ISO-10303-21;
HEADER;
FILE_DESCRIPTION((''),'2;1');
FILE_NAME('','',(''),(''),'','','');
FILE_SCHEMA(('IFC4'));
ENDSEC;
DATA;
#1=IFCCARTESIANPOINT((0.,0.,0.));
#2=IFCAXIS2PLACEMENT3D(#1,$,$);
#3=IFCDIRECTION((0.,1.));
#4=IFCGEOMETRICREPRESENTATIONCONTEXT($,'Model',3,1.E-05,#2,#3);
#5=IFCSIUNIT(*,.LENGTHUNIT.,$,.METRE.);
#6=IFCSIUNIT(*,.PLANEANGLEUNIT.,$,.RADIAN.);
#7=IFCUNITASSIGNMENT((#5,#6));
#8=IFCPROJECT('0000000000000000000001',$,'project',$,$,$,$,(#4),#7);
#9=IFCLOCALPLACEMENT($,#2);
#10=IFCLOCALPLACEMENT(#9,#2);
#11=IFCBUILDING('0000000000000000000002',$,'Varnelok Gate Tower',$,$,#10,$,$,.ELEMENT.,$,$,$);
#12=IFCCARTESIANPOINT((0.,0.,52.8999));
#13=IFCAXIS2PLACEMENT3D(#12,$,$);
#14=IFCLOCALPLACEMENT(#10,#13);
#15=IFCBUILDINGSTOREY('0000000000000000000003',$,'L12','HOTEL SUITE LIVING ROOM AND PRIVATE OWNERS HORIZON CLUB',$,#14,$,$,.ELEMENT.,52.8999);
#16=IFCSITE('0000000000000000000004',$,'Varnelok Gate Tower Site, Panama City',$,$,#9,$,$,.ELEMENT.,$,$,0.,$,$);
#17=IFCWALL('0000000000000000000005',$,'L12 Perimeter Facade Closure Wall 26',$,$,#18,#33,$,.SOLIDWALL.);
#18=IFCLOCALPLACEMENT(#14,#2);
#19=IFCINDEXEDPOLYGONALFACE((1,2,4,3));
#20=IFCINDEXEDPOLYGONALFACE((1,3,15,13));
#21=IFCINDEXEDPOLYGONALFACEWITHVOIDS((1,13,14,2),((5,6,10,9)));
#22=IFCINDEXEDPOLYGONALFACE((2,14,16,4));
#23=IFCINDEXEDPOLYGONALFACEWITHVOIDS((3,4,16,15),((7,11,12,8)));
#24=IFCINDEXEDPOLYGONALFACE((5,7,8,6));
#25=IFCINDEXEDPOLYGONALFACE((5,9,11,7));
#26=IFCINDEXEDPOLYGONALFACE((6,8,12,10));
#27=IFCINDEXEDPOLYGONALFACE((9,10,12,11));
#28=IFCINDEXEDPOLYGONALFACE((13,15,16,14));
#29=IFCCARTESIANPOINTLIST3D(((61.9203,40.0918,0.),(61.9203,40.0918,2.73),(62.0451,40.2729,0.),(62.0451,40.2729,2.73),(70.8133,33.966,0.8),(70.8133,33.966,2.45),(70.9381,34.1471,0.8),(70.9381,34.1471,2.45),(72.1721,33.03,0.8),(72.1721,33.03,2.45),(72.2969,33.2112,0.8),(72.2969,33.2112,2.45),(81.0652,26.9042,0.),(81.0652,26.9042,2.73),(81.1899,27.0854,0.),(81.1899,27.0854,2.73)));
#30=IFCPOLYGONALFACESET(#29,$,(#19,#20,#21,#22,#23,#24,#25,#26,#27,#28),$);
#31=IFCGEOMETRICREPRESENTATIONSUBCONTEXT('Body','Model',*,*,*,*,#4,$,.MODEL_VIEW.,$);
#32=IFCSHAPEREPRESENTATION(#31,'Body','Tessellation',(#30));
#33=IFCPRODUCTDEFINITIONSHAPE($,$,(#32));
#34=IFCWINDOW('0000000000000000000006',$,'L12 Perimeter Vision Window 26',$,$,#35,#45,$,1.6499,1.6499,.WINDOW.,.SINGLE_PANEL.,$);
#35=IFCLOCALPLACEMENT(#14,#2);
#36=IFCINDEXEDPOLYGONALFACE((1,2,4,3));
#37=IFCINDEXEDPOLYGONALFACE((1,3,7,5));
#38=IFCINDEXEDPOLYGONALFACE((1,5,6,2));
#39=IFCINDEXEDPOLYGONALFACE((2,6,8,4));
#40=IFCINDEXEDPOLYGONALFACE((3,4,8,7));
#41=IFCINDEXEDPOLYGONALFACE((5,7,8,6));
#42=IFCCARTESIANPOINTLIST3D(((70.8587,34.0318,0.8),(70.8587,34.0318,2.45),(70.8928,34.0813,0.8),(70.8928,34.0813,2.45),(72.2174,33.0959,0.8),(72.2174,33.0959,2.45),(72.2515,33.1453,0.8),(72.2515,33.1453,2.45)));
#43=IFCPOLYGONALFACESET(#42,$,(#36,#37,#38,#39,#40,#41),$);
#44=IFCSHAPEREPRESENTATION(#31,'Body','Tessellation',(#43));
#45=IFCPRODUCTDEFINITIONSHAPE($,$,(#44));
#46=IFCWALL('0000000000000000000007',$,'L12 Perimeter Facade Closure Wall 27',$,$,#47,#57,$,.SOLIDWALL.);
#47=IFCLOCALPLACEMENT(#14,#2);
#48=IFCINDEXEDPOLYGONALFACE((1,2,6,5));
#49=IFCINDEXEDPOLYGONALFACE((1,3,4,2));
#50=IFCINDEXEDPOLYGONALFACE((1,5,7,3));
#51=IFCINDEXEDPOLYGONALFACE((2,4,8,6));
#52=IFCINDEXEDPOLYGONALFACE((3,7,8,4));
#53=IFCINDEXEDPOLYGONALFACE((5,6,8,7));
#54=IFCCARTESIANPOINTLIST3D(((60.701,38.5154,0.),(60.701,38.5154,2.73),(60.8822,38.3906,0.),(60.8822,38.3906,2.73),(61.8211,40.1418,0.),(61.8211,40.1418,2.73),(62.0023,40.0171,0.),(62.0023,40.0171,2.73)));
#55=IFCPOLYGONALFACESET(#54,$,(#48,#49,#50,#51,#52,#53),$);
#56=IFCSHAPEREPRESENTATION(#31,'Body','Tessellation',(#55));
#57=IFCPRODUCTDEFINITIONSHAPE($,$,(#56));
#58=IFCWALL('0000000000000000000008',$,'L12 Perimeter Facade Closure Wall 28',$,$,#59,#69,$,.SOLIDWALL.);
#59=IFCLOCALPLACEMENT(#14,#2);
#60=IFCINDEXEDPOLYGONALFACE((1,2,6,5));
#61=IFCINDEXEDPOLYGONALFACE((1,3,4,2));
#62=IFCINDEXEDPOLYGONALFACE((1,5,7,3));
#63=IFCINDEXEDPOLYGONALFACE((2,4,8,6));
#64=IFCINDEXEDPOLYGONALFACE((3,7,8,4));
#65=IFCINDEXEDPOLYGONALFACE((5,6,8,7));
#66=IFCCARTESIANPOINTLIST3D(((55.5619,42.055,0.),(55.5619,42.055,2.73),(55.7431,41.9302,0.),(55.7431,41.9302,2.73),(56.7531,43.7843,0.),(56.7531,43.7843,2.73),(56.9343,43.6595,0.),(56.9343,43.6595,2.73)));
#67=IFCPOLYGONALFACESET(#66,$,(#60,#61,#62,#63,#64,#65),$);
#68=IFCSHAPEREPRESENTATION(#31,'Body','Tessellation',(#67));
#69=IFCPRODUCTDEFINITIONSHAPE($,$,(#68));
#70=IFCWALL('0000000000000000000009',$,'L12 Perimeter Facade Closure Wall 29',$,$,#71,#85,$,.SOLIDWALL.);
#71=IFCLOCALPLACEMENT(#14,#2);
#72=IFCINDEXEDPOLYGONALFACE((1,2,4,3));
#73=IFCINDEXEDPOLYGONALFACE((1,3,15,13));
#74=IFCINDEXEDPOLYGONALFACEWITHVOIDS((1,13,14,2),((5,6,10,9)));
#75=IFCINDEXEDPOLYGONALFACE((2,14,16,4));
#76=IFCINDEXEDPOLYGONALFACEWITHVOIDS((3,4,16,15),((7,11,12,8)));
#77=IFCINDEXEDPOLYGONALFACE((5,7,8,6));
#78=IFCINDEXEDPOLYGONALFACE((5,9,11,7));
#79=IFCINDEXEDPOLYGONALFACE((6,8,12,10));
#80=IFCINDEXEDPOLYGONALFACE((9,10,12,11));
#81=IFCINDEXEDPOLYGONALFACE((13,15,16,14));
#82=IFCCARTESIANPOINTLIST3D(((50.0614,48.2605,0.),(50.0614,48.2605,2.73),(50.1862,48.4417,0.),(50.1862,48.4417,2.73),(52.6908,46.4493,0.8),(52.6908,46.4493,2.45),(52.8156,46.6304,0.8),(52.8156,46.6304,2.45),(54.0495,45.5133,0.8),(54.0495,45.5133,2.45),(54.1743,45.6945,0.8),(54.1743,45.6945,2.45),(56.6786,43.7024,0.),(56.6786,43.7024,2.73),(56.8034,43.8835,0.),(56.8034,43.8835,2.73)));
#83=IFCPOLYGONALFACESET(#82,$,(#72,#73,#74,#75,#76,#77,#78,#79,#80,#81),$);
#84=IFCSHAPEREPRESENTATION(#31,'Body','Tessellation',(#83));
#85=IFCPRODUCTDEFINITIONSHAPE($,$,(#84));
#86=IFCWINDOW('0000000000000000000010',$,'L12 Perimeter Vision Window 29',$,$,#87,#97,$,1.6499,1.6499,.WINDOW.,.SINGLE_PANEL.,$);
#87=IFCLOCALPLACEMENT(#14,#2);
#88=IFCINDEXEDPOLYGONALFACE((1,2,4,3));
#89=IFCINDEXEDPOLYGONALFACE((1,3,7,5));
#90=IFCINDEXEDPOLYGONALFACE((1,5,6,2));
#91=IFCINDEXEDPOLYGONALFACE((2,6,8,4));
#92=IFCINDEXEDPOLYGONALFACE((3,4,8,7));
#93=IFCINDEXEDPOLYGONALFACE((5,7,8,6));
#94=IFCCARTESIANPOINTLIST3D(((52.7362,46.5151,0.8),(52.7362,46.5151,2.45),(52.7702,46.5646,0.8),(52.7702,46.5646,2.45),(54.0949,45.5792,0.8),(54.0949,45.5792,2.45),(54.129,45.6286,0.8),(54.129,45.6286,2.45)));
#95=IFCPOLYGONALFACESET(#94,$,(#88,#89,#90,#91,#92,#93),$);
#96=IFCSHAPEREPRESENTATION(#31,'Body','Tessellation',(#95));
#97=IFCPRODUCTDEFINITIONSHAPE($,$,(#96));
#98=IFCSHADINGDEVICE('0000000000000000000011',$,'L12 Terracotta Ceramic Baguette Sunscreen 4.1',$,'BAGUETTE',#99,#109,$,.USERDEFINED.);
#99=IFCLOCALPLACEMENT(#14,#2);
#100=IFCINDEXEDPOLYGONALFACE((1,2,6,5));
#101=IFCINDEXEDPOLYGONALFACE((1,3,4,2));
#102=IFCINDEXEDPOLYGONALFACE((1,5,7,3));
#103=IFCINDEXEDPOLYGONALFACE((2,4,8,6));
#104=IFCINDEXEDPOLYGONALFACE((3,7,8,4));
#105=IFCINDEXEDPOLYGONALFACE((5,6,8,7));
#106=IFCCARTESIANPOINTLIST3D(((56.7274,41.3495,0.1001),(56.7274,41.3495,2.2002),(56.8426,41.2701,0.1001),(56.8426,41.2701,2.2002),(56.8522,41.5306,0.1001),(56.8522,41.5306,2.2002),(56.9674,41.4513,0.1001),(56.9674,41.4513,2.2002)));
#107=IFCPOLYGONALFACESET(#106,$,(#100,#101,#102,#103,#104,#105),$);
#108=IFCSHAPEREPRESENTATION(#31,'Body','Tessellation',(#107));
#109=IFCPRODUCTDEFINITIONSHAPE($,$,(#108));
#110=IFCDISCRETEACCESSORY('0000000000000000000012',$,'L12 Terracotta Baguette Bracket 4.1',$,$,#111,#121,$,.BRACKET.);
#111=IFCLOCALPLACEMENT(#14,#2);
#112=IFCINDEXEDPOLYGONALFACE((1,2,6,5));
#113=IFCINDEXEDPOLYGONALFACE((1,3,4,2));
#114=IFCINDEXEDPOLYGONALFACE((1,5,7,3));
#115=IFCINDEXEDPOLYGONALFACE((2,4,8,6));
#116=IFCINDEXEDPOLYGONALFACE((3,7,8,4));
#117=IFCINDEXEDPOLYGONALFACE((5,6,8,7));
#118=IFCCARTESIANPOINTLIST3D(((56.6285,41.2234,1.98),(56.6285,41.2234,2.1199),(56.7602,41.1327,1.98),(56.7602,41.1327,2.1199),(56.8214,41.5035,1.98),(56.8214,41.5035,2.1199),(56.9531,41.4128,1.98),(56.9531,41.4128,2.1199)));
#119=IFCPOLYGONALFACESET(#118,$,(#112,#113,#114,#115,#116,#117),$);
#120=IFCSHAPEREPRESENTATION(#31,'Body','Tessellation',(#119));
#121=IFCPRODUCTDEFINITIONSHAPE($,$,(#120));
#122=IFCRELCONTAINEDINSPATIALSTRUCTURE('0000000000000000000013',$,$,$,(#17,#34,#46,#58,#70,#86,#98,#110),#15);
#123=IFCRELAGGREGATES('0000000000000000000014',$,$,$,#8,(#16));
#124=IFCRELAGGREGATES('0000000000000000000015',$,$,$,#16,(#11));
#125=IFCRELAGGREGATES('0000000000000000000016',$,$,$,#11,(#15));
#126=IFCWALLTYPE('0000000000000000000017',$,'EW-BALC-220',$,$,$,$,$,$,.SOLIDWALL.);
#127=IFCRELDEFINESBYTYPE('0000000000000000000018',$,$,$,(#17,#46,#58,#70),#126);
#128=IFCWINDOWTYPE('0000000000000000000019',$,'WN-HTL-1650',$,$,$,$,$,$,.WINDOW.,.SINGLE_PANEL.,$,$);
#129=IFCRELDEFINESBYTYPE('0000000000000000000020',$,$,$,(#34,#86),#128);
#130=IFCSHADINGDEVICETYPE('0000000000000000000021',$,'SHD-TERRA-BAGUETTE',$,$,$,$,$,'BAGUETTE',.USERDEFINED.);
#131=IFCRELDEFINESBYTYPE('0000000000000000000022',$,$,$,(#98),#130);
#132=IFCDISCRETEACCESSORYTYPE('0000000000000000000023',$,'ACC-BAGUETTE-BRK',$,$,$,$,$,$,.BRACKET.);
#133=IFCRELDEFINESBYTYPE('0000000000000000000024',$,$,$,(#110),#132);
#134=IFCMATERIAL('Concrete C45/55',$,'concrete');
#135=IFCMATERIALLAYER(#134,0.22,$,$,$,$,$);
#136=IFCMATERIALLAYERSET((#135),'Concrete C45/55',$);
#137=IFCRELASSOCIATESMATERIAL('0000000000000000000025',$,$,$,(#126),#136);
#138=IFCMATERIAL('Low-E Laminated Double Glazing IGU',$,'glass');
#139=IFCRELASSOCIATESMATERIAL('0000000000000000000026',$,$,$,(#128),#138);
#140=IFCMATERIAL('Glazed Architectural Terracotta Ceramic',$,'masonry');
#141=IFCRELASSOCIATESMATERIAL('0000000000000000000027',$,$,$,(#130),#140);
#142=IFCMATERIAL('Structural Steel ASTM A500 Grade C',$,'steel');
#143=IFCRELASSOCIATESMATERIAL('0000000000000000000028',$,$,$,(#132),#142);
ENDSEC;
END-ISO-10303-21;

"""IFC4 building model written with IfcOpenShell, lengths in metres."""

from ifc_helpers import new_model, si_unit, direction, frame, frame_2d, origin, origin_2d, place, context, subcontext, project, spatial, rectangle, extrude, source, transform, mapped, material, layer, layer_set, type_object, element, fill, save


model = new_model("IFC4")

# Units and contexts
model_context = context("Model", 3, precision=1e-05, world=origin(), true_north=direction((0.0, 1.0)))
body_context = subcontext(model_context, "Body", "Model", "MODEL_VIEW")
ifc_project = project(units=[si_unit("LENGTHUNIT", "METRE"), si_unit("PLANEANGLEUNIT", "RADIAN")], contexts=[model_context])

# Site, building, storey
site_placement = place(None, origin())
site = spatial("IfcSite", under=ifc_project, at=site_placement, Name="Varnelok Gate Tower Site, Panama City", CompositionType="ELEMENT", RefElevation=0.0)
building_placement = place(site_placement, origin())
building = spatial("IfcBuilding", under=site, at=building_placement, Name="Varnelok Gate Tower", CompositionType="ELEMENT")
storey_placement = place(building_placement, frame((0.0, 0.0, 52.8999)))
storey = spatial("IfcBuildingStorey", under=building, at=storey_placement, Name="L12", Description="HOTEL SUITE LIVING ROOM AND PRIVATE OWNERS HORIZON CLUB", CompositionType="ELEMENT", Elevation=52.8999)

# Shared definitions
ifc_material_1 = material(Name="Concrete C45/55", Category="concrete")
ifc_layer = layer(ifc_material_1, 0.22)
ifc_layer_set = layer_set([ifc_layer], Name="Concrete C45/55")
wall_type = type_object("IfcWallType", Name="EW-BALC-220", PredefinedType="SOLIDWALL", material=ifc_layer_set)

# Wall, opening, window
wall_1_placement = place(storey_placement, frame((81.1274, 26.9949, 0.0), z_axis=(0.0, 0.0, 1.0), x_axis=(-0.82353, 0.567272, 0.0)))
wall_1 = element("IfcWall", 1, at=wall_1_placement, inside=storey, type_object=wall_type, Name="L12 Perimeter Facade Closure Wall 26", PredefinedType="SOLIDWALL", context=body_context, shape_type="SweptSolid", body=[
    extrude(rectangle(XDim=23.2473, YDim=0.22, at=frame_2d((11.6235, 0.0))), origin(), (0.0, 0.0, 1.0), 2.73),
])
opening_1_placement = place(wall_1_placement, frame((10.7986, 0.0, 0.8)))
opening_1 = element("IfcOpeningElement", 2, at=opening_1_placement, cuts=wall_1, PredefinedType="OPENING", context=body_context, shape_type="SweptSolid", body=[
    extrude(rectangle(XDim=1.6499, YDim=1.6499, at=frame_2d((0.825, 0.825))), frame((0.0, 0.1199, 0.0), z_axis=(0.0, -1.0, 0.0), x_axis=(1.0, 0.0, 0.0)), (0.0, 0.0, 1.0), 0.24),
])
ifc_material_2 = material(Name="Low-E Laminated Double Glazing IGU", Category="glass")
window_type = type_object("IfcWindowType", Name="WN-HTL-1650", PartitioningType="SINGLE_PANEL", PredefinedType="WINDOW", material=ifc_material_2)
window_1_placement = place(opening_1_placement, origin())
window_1 = element("IfcWindow", 3, at=window_1_placement, inside=storey, type_object=window_type, Name="L12 Perimeter Vision Window 26", OverallHeight=1.6499, OverallWidth=1.6499, PartitioningType="SINGLE_PANEL", PredefinedType="WINDOW", context=body_context, shape_type="SweptSolid", body=[
    extrude(rectangle(XDim=1.6499, YDim=1.6499, at=frame_2d((0.825, 0.825))), frame((0.0, 0.03, 0.0), z_axis=(0.0, -1.0, 0.0), x_axis=(1.0, 0.0, 0.0)), (0.0, 0.0, 1.0), 0.0601),
])
fill(opening_1, window_1)

# Walls
wall_2_placement = place(storey_placement, frame((61.9116, 40.0793, 0.0), z_axis=(0.0, 0.0, 1.0), x_axis=(-0.56719, -0.823587, 0.0)))
element("IfcWall", 4, at=wall_2_placement, inside=storey, type_object=wall_type, Name="L12 Perimeter Facade Closure Wall 27", PredefinedType="SOLIDWALL", context=body_context, shape_type="SweptSolid", body=[
    extrude(rectangle(XDim=1.9749, YDim=0.22, at=frame_2d((0.9873, 0.0))), origin(), (0.0, 0.0, 1.0), 2.73),
])
wall_3_placement = place(storey_placement, frame((55.6526, 41.9927, 0.0), z_axis=(0.0, 0.0, 1.0), x_axis=(0.567274, 0.823529, 0.0)))
element("IfcWall", 5, at=wall_3_placement, inside=storey, type_object=wall_type, Name="L12 Perimeter Facade Closure Wall 28", PredefinedType="SOLIDWALL", context=body_context, shape_type="SweptSolid", body=[
    extrude(rectangle(XDim=2.0999, YDim=0.22, at=frame_2d((1.0498, 0.0))), origin(), (0.0, 0.0, 1.0), 2.73),
])

# Wall, opening, window
wall_4_placement = place(storey_placement, frame((56.741, 43.793, 0.0), z_axis=(0.0, 0.0, 1.0), x_axis=(-0.823531, 0.567271, 0.0)))
wall_4 = element("IfcWall", 6, at=wall_4_placement, inside=storey, type_object=wall_type, Name="L12 Perimeter Facade Closure Wall 29", PredefinedType="SOLIDWALL", context=body_context, shape_type="SweptSolid", body=[
    extrude(rectangle(XDim=8.0352, YDim=0.22, at=frame_2d((4.0176, 0.0))), origin(), (0.0, 0.0, 1.0), 2.73),
])
opening_2_placement = place(wall_4_placement, frame((3.1924, 0.0, 0.8)))
opening_2 = element("IfcOpeningElement", 7, at=opening_2_placement, cuts=wall_4, PredefinedType="OPENING", context=body_context, shape_type="SweptSolid", body=[
    extrude(rectangle(XDim=1.6499, YDim=1.6499, at=frame_2d((0.825, 0.825))), frame((0.0, 0.1199, 0.0), z_axis=(0.0, -1.0, 0.0), x_axis=(1.0, 0.0, 0.0)), (0.0, 0.0, 1.0), 0.24),
])
window_2_placement = place(opening_2_placement, origin())
window_2 = element("IfcWindow", 8, at=window_2_placement, inside=storey, type_object=window_type, Name="L12 Perimeter Vision Window 29", OverallHeight=1.6499, OverallWidth=1.6499, PartitioningType="SINGLE_PANEL", PredefinedType="WINDOW", context=body_context, shape_type="SweptSolid", body=[
    extrude(rectangle(XDim=1.6499, YDim=1.6499, at=frame_2d((0.825, 0.825))), frame((0.0, 0.03, 0.0), z_axis=(0.0, -1.0, 0.0), x_axis=(1.0, 0.0, 0.0)), (0.0, 0.0, 1.0), 0.0601),
])
fill(opening_2, window_2)

# Shading device
ifc_material_3 = material(Name="Glazed Architectural Terracotta Ceramic", Category="masonry")
shading_device_type = type_object("IfcShadingDeviceType", Name="SHD-TERRA-BAGUETTE", ElementType="BAGUETTE", PredefinedType="USERDEFINED", material=ifc_material_3)
shared_shape_1 = source(origin(), body_context, "Body", "SweptSolid", [
    extrude(rectangle(XDim=0.1399, YDim=0.22, at=origin_2d()), origin(), (0.0, 0.0, 1.0), 2.1001),
])
shading_device_placement = place(storey_placement, frame((56.8474, 41.4004, 0.1001), z_axis=(0.0, 0.0, 1.0), x_axis=(0.823533, -0.567269, 0.0)))
element("IfcShadingDevice", 9, at=shading_device_placement, inside=storey, type_object=shading_device_type, Name="L12 Terracotta Ceramic Baguette Sunscreen 4.1", ObjectType="BAGUETTE", PredefinedType="USERDEFINED", context=body_context, shape_type="MappedRepresentation", body=[
    mapped(shared_shape_1, transform((0.0, 0.0, 0.0), scale=1.0)),
])

# Discrete accessory
ifc_material_4 = material(Name="Structural Steel ASTM A500 Grade C", Category="steel")
discrete_accessory_type = type_object("IfcDiscreteAccessoryType", Name="ACC-BAGUETTE-BRK", PredefinedType="BRACKET", material=ifc_material_4)
shared_shape_2 = source(origin(), body_context, "Body", "SweptSolid", [
    extrude(rectangle(XDim=0.1599, YDim=0.3401, at=origin_2d()), origin(), (0.0, 0.0, 1.0), 0.1399),
])
discrete_accessory_placement = place(storey_placement, frame((56.7908, 41.3181, 1.98), z_axis=(0.0, 0.0, 1.0), x_axis=(0.823533, -0.567269, 0.0)))
element("IfcDiscreteAccessory", 10, at=discrete_accessory_placement, inside=storey, type_object=discrete_accessory_type, Name="L12 Terracotta Baguette Bracket 4.1", PredefinedType="BRACKET", context=body_context, shape_type="MappedRepresentation", body=[
    mapped(shared_shape_2, transform((0.0, 0.0, 0.0), scale=1.0)),
])

save(model, "model.ifc")
